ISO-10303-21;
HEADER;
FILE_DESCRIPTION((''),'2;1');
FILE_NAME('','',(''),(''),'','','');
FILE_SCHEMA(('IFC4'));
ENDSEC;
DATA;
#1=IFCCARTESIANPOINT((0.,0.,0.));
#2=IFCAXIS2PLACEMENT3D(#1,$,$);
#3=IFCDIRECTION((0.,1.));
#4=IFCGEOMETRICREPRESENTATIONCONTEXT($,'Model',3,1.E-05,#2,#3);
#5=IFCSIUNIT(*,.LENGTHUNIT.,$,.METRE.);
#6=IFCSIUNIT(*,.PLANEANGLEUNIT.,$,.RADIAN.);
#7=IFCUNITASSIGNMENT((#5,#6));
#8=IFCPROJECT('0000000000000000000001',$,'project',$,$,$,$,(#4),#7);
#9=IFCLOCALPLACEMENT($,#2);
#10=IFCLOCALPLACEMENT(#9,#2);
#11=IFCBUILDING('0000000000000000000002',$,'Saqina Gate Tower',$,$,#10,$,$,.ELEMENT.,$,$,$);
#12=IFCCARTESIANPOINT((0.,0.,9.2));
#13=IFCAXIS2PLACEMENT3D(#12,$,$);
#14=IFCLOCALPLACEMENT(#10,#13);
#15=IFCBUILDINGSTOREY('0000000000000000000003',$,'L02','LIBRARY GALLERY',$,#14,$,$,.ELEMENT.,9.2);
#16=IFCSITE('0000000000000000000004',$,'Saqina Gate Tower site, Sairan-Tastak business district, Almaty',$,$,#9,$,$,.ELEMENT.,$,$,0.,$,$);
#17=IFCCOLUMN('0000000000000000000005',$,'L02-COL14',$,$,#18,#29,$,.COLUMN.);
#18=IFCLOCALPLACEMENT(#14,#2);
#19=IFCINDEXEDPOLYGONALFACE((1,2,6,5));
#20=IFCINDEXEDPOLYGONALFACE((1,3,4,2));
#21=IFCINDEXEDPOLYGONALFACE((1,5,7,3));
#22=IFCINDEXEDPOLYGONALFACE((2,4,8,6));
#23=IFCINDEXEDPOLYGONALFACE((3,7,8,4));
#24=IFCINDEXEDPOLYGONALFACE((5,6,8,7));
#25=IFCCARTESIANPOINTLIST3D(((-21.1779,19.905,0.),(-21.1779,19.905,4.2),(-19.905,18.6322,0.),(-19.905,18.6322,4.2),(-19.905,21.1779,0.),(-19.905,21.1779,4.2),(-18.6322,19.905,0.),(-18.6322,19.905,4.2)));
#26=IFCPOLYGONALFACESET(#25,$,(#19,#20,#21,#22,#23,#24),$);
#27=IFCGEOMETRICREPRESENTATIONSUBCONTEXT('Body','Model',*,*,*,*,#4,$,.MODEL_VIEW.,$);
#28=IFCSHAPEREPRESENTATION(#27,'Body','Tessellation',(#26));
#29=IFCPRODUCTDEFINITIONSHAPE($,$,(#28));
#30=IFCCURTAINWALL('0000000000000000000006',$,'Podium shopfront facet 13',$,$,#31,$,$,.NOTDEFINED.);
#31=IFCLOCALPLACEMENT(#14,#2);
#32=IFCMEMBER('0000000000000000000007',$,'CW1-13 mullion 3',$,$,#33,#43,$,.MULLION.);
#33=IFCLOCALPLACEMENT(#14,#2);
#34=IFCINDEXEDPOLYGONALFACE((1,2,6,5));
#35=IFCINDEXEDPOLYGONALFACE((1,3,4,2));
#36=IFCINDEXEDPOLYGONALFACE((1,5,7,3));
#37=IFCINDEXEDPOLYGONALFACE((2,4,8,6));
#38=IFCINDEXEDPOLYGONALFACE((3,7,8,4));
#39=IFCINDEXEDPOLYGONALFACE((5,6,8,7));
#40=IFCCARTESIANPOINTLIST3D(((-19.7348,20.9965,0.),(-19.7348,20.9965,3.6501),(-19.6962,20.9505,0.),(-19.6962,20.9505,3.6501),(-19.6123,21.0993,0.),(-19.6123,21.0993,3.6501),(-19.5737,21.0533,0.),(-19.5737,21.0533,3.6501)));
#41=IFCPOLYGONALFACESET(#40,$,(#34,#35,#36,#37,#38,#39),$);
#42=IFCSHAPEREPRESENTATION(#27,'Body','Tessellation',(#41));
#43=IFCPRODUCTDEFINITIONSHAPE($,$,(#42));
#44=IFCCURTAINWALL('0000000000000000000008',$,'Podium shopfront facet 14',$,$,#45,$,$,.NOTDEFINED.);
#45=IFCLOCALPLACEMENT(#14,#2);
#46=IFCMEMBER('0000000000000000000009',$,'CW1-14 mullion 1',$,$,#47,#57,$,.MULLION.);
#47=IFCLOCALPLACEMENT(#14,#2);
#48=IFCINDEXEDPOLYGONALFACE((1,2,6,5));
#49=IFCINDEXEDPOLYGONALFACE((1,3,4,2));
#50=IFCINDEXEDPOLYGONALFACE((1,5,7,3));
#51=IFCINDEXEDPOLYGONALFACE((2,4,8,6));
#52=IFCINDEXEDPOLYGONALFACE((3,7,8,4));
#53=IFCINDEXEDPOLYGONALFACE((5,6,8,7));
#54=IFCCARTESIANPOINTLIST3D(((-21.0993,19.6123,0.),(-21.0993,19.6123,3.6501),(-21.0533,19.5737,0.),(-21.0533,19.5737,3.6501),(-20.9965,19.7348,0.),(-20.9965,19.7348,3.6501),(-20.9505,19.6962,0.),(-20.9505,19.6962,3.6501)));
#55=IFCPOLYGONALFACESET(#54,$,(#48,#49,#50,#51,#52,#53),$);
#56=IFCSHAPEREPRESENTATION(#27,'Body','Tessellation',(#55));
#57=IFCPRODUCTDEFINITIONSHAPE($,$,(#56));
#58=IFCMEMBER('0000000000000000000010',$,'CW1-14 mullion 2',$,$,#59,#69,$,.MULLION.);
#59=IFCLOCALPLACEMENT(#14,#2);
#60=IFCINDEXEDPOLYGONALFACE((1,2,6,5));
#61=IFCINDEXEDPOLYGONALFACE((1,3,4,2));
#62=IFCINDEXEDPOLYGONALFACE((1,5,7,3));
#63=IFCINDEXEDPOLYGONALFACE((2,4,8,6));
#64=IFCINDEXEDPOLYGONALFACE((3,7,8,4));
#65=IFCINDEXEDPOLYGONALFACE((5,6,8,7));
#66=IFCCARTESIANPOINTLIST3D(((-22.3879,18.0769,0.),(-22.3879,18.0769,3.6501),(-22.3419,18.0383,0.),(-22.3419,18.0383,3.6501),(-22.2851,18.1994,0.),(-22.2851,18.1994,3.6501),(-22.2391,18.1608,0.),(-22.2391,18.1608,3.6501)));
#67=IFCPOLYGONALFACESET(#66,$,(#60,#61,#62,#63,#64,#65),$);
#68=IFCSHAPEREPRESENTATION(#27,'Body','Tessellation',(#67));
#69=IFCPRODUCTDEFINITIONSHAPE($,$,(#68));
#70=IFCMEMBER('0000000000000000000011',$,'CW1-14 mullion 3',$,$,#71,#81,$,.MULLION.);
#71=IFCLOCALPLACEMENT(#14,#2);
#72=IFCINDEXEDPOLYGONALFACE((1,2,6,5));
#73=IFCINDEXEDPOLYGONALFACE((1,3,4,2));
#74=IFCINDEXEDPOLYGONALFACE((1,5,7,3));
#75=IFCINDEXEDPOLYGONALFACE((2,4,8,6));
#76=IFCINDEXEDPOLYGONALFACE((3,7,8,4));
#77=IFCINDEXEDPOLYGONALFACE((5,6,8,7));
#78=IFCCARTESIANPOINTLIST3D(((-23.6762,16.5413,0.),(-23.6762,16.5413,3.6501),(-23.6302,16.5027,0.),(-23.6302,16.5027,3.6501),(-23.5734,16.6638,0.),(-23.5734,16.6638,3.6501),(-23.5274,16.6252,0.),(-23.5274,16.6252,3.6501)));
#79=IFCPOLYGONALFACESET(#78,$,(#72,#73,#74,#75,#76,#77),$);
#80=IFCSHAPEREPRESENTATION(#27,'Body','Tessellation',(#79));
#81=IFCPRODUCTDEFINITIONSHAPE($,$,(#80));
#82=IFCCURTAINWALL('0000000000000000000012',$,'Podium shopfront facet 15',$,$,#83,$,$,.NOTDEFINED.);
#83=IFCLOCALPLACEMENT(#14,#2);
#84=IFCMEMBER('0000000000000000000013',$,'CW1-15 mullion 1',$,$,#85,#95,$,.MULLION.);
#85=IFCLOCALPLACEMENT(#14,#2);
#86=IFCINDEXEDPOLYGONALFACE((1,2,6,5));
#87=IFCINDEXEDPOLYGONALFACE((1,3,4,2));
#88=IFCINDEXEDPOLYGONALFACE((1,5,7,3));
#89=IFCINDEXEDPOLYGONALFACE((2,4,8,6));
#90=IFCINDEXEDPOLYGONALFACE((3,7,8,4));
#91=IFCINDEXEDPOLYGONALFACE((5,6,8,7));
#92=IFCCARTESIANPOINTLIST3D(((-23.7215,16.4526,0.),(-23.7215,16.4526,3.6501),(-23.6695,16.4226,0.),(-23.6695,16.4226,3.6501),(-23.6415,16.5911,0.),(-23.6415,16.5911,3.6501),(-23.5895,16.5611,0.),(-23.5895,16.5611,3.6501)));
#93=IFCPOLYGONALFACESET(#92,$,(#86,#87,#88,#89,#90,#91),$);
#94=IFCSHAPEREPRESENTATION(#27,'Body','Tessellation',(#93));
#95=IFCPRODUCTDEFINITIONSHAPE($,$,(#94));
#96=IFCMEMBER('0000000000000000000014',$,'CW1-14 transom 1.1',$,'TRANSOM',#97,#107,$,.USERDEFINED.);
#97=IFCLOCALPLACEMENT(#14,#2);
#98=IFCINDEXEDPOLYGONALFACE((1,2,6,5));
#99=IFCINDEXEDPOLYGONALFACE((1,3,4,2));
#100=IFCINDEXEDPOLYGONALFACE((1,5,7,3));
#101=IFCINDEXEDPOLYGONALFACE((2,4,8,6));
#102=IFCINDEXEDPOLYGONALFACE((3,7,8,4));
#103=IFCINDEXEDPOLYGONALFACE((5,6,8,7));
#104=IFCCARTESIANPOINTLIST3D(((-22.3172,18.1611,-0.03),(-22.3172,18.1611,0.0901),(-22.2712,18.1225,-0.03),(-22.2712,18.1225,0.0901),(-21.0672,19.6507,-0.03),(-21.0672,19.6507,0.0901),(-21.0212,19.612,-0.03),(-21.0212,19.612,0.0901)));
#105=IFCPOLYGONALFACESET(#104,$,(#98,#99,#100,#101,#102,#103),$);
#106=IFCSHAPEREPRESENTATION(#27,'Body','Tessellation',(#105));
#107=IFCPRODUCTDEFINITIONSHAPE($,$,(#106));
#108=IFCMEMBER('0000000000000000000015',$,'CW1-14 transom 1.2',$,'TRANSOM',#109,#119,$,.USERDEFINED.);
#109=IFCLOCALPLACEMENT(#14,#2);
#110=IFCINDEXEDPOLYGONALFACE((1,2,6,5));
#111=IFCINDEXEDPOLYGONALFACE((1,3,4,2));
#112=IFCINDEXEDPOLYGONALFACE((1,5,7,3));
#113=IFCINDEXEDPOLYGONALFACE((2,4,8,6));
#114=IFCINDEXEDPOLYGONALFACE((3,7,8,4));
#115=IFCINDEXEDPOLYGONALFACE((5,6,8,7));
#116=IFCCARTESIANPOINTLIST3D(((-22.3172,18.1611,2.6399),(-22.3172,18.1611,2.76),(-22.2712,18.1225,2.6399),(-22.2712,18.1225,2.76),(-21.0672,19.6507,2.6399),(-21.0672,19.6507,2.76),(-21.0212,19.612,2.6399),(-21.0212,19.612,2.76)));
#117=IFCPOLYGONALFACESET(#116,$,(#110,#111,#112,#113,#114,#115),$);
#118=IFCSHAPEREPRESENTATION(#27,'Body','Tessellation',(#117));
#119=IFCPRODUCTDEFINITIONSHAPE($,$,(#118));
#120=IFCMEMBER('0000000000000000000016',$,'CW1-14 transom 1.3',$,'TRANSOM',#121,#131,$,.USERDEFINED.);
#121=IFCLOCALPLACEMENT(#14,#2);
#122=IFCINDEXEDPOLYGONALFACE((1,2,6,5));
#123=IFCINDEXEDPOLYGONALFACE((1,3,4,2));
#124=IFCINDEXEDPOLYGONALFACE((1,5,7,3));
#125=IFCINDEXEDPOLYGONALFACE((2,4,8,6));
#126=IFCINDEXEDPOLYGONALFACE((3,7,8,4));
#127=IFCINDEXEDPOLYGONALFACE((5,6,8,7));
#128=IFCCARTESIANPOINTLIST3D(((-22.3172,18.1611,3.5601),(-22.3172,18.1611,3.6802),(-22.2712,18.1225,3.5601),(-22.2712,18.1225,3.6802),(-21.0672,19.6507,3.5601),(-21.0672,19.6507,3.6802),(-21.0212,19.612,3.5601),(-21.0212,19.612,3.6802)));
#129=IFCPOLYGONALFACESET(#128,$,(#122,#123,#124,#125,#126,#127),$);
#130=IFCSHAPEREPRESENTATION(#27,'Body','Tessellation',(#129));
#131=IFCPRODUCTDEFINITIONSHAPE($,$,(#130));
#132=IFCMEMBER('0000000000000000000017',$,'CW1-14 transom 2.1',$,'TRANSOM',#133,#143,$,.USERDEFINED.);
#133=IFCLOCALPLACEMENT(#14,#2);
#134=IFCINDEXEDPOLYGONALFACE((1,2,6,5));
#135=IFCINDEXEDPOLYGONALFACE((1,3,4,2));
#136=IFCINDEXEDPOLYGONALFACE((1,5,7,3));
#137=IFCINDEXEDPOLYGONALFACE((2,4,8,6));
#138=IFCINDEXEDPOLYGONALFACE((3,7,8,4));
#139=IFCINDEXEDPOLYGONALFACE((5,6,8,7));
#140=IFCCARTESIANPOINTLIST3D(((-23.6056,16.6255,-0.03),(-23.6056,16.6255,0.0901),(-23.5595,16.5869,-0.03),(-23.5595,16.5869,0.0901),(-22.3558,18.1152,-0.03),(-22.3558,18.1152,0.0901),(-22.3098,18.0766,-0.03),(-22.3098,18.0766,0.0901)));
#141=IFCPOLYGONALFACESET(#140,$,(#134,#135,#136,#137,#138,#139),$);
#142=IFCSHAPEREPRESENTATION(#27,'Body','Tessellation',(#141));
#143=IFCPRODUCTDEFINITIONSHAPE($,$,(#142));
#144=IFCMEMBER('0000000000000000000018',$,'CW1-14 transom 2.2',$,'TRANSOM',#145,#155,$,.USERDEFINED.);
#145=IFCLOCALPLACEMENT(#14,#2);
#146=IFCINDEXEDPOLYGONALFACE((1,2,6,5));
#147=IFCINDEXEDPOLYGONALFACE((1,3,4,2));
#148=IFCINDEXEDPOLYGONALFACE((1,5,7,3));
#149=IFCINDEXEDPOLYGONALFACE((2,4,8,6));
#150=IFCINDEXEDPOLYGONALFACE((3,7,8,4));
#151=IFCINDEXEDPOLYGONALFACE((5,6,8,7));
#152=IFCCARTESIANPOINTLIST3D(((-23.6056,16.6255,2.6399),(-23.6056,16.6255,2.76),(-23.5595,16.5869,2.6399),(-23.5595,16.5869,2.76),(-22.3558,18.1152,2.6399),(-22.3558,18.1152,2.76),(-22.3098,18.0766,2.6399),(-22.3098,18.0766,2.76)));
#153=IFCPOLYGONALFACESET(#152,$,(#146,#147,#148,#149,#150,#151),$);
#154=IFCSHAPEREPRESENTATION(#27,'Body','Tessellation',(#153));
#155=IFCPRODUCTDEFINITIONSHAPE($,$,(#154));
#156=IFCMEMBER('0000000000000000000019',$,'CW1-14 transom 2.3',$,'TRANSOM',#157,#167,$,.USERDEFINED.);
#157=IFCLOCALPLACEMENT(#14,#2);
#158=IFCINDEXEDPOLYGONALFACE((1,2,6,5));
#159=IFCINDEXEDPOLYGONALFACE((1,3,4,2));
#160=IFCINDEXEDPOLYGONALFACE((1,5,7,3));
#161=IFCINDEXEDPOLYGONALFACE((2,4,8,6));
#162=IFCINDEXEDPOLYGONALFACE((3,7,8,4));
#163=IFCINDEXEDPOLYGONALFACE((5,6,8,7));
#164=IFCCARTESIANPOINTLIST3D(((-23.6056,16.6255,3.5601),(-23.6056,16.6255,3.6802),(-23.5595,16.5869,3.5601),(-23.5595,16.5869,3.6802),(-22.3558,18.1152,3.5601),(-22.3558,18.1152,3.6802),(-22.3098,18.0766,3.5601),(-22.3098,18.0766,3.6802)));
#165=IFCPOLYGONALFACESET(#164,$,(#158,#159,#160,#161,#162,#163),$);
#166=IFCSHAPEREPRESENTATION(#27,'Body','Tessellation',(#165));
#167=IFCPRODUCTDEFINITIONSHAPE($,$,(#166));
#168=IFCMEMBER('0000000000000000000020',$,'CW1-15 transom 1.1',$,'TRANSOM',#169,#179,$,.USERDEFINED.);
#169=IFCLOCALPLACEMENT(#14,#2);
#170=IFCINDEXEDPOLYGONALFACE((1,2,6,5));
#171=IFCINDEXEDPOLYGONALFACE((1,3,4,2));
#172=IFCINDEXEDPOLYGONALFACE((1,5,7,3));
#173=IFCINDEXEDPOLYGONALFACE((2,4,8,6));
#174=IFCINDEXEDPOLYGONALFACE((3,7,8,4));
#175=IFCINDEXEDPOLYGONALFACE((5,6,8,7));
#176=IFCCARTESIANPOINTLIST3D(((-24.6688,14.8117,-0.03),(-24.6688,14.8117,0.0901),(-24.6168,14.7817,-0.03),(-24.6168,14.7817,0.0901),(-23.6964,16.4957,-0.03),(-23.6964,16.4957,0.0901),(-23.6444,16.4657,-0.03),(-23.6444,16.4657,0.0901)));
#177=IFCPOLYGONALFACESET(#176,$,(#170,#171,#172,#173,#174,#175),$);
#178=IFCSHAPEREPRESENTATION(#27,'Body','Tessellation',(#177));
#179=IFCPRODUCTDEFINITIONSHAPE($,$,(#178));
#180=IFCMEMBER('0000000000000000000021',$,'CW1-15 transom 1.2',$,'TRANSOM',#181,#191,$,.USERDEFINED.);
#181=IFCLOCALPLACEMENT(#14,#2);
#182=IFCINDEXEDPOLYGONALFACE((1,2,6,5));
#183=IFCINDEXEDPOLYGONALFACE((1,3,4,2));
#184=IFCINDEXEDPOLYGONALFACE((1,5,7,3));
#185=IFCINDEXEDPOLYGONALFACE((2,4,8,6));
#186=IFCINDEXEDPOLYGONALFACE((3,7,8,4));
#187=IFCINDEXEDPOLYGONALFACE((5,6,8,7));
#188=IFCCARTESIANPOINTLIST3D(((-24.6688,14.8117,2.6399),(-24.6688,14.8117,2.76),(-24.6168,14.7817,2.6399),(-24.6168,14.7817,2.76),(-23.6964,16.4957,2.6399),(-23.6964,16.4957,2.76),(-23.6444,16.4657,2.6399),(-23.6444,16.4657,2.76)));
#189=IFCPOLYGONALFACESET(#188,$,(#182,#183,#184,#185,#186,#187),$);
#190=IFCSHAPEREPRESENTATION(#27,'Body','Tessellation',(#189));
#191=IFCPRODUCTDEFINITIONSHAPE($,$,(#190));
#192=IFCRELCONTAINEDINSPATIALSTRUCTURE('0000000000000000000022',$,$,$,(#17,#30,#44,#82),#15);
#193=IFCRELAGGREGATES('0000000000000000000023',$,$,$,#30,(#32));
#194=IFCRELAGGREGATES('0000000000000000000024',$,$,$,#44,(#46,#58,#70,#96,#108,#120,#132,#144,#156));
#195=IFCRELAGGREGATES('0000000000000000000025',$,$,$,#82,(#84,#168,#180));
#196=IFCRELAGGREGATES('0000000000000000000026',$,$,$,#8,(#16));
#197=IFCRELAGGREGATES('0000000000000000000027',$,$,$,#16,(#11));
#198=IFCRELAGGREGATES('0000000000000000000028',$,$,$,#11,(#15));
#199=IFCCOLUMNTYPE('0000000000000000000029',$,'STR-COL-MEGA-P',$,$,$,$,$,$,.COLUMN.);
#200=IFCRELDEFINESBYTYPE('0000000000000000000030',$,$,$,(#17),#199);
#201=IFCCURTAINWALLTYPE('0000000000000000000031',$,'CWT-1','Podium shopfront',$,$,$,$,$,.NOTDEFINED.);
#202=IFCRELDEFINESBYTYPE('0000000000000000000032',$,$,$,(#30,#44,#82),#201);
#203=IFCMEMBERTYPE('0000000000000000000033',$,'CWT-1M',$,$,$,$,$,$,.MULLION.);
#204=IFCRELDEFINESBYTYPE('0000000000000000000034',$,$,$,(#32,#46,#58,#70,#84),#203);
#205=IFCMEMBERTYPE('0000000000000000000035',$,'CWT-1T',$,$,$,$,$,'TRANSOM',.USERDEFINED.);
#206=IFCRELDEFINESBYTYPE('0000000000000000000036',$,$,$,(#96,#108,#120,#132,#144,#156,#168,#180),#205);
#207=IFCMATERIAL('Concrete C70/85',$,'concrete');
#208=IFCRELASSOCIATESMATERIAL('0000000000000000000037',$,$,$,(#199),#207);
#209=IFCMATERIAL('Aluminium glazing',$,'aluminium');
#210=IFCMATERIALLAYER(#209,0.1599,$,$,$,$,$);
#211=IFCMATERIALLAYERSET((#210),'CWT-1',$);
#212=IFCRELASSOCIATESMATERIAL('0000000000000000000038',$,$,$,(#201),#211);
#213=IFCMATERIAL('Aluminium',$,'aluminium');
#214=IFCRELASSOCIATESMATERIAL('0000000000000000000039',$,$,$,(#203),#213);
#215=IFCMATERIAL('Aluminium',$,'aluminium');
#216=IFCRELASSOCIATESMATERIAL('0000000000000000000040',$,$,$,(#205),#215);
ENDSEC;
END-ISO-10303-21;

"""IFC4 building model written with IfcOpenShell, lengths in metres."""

from ifc_helpers import new_model, si_unit, direction, frame, origin, origin_2d, place, context, subcontext, project, spatial, rectangle, extrude, material, layer, layer_set, material_profile, profile_set, type_object, element, aggregate, save


model = new_model("IFC4")

# Units and contexts
model_context = context("Model", 3, precision=1e-05, world=origin(), true_north=direction((0.0, 1.0)))
body_context = subcontext(model_context, "Body", "Model", "MODEL_VIEW")
ifc_project = project(units=[si_unit("LENGTHUNIT", "METRE"), si_unit("PLANEANGLEUNIT", "RADIAN")], contexts=[model_context])

# Site, building, storey
site_placement = place(None, origin())
site = spatial("IfcSite", under=ifc_project, at=site_placement, Name="Saqina Gate Tower site, Sairan-Tastak business district, Almaty", CompositionType="ELEMENT", RefElevation=0.0)
building_placement = place(site_placement, origin())
building = spatial("IfcBuilding", under=site, at=building_placement, Name="Saqina Gate Tower", CompositionType="ELEMENT")
storey_placement = place(building_placement, frame((0.0, 0.0, 9.2)))
storey = spatial("IfcBuildingStorey", under=building, at=storey_placement, Name="L02", Description="LIBRARY GALLERY", CompositionType="ELEMENT", Elevation=9.2)

# Column
ifc_material_1 = material(Name="Concrete C70/85", Category="concrete")
ifc_material_profile_1 = material_profile(ifc_material_1, rectangle(XDim=1.8, YDim=1.8, at=origin_2d()), Name="RC 1800x1800")
ifc_profile_set_1 = profile_set([ifc_material_profile_1], Name="Concrete C70/85")
column_type = type_object("IfcColumnType", Name="STR-COL-MEGA-P", PredefinedType="COLUMN", material=ifc_profile_set_1)
column_placement = place(storey_placement, frame((-19.905, 19.905, 0.0), z_axis=(0.0, 0.0, 1.0), x_axis=(-0.707107, 0.707107, 0.0)))
element("IfcColumn", 1, at=column_placement, inside=storey, type_object=column_type, Name="L02-COL14", PredefinedType="COLUMN", context=body_context, shape_type="SweptSolid", body=[
    extrude(rectangle(XDim=1.8, YDim=1.8, at=origin_2d()), origin(), (0.0, 0.0, 1.0), 4.2),
])

# Curtain wall, member
ifc_material_2 = material(Name="Aluminium glazing", Category="aluminium")
ifc_layer_1 = layer(ifc_material_2, 0.1599)
ifc_layer_set_1 = layer_set([ifc_layer_1], Name="CWT-1")
curtain_wall_type = type_object("IfcCurtainWallType", Name="CWT-1", Description="Podium shopfront", PredefinedType="NOTDEFINED", material=ifc_layer_set_1)
curtain_wall_1_placement = place(storey_placement, origin())
curtain_wall_1 = element("IfcCurtainWall", 2, at=curtain_wall_1_placement, inside=storey, type_object=curtain_wall_type, Name="Podium shopfront facet 13", PredefinedType="NOTDEFINED")
ifc_material_3 = material(Name="Aluminium", Category="aluminium")
ifc_material_profile_2 = material_profile(ifc_material_3, rectangle(XDim=0.0601, YDim=0.1599, at=origin_2d()), Name="Aluminium 60x160")
ifc_profile_set_2 = profile_set([ifc_material_profile_2], Name="Aluminium")
member_type_1 = type_object("IfcMemberType", Name="CWT-1M", PredefinedType="MULLION", material=ifc_profile_set_2)
member_1_placement = place(storey_placement, frame((-19.6543, 21.0249, 0.0), z_axis=(0.0, 0.0, 1.0), x_axis=(0.642779, -0.766051, 0.0)))
member_1 = element("IfcMember", 3, at=member_1_placement, type_object=member_type_1, Name="CW1-13 mullion 3", PredefinedType="MULLION", context=body_context, shape_type="SweptSolid", body=[
    extrude(rectangle(XDim=0.0601, YDim=0.1599, at=origin_2d()), origin(), (0.0, 0.0, 1.0), 3.6501),
])
aggregate(curtain_wall_1, [member_1])

# Curtain wall, members
curtain_wall_2_placement = place(storey_placement, origin())
curtain_wall_2 = element("IfcCurtainWall", 4, at=curtain_wall_2_placement, inside=storey, type_object=curtain_wall_type, Name="Podium shopfront facet 14", PredefinedType="NOTDEFINED")
member_2_placement = place(storey_placement, frame((-21.0249, 19.6543, 0.0), z_axis=(0.0, 0.0, 1.0), x_axis=(0.766051, -0.642779, 0.0)))
member_2 = element("IfcMember", 5, at=member_2_placement, type_object=member_type_1, Name="CW1-14 mullion 1", PredefinedType="MULLION", context=body_context, shape_type="SweptSolid", body=[
    extrude(rectangle(XDim=0.0601, YDim=0.1599, at=origin_2d()), origin(), (0.0, 0.0, 1.0), 3.6501),
])
member_3_placement = place(storey_placement, frame((-22.3135, 18.1189, 0.0), z_axis=(0.0, 0.0, 1.0), x_axis=(0.766051, -0.642779, 0.0)))
member_3 = element("IfcMember", 6, at=member_3_placement, type_object=member_type_1, Name="CW1-14 mullion 2", PredefinedType="MULLION", context=body_context, shape_type="SweptSolid", body=[
    extrude(rectangle(XDim=0.0601, YDim=0.1599, at=origin_2d()), origin(), (0.0, 0.0, 1.0), 3.6501),
])
member_4_placement = place(storey_placement, frame((-23.6018, 16.5833, 0.0), z_axis=(0.0, 0.0, 1.0), x_axis=(0.766051, -0.642779, 0.0)))
member_4 = element("IfcMember", 7, at=member_4_placement, type_object=member_type_1, Name="CW1-14 mullion 3", PredefinedType="MULLION", context=body_context, shape_type="SweptSolid", body=[
    extrude(rectangle(XDim=0.0601, YDim=0.1599, at=origin_2d()), origin(), (0.0, 0.0, 1.0), 3.6501),
])

# Curtain wall, member
curtain_wall_3_placement = place(storey_placement, origin())
curtain_wall_3 = element("IfcCurtainWall", 8, at=curtain_wall_3_placement, inside=storey, type_object=curtain_wall_type, Name="Podium shopfront facet 15", PredefinedType="NOTDEFINED")
member_5_placement = place(storey_placement, frame((-23.6555, 16.5068, 0.0), z_axis=(0.0, 0.0, 1.0), x_axis=(0.866017, -0.500014, 0.0)))
member_5 = element("IfcMember", 9, at=member_5_placement, type_object=member_type_1, Name="CW1-15 mullion 1", PredefinedType="MULLION", context=body_context, shape_type="SweptSolid", body=[
    extrude(rectangle(XDim=0.0601, YDim=0.1599, at=origin_2d()), origin(), (0.0, 0.0, 1.0), 3.6501),
])

# Members
ifc_material_4 = material(Name="Aluminium", Category="aluminium")
ifc_material_profile_3 = material_profile(ifc_material_4, rectangle(XDim=0.0601, YDim=0.1201, at=origin_2d()), Name="Aluminium 60x120")
ifc_profile_set_3 = profile_set([ifc_material_profile_3], Name="Aluminium")
member_type_2 = type_object("IfcMemberType", Name="CWT-1T", ElementType="TRANSOM", PredefinedType="USERDEFINED", material=ifc_profile_set_3)
member_6_placement = place(storey_placement, frame((-21.0442, 19.6313, 0.03), z_axis=(-0.642836, -0.766004, 0.0), x_axis=(0.766004, -0.642836, 0.0)))
member_6 = element("IfcMember", 10, at=member_6_placement, type_object=member_type_2, Name="CW1-14 transom 1.1", ObjectType="TRANSOM", PredefinedType="USERDEFINED", context=body_context, shape_type="SweptSolid", body=[
    extrude(rectangle(XDim=0.0601, YDim=0.1201, at=origin_2d()), origin(), (0.0, 0.0, 1.0), 1.9446),
])
member_7_placement = place(storey_placement, frame((-21.0442, 19.6313, 2.7), z_axis=(-0.642836, -0.766004, 0.0), x_axis=(0.766004, -0.642836, 0.0)))
member_7 = element("IfcMember", 11, at=member_7_placement, type_object=member_type_2, Name="CW1-14 transom 1.2", ObjectType="TRANSOM", PredefinedType="USERDEFINED", context=body_context, shape_type="SweptSolid", body=[
    extrude(rectangle(XDim=0.0601, YDim=0.1201, at=origin_2d()), origin(), (0.0, 0.0, 1.0), 1.9446),
])
member_8_placement = place(storey_placement, frame((-21.0442, 19.6313, 3.6201), z_axis=(-0.642836, -0.766004, 0.0), x_axis=(0.766004, -0.642836, 0.0)))
member_8 = element("IfcMember", 12, at=member_8_placement, type_object=member_type_2, Name="CW1-14 transom 1.3", ObjectType="TRANSOM", PredefinedType="USERDEFINED", context=body_context, shape_type="SweptSolid", body=[
    extrude(rectangle(XDim=0.0601, YDim=0.1201, at=origin_2d()), origin(), (0.0, 0.0, 1.0), 1.9446),
])
member_9_placement = place(storey_placement, frame((-22.3328, 18.0959, 0.03), z_axis=(-0.6427, -0.766118, 0.0), x_axis=(0.766118, -0.6427, 0.0)))
member_9 = element("IfcMember", 13, at=member_9_placement, type_object=member_type_2, Name="CW1-14 transom 2.1", ObjectType="TRANSOM", PredefinedType="USERDEFINED", context=body_context, shape_type="SweptSolid", body=[
    extrude(rectangle(XDim=0.0601, YDim=0.1201, at=origin_2d()), origin(), (0.0, 0.0, 1.0), 1.9446),
])
member_10_placement = place(storey_placement, frame((-22.3328, 18.0959, 2.7), z_axis=(-0.6427, -0.766118, 0.0), x_axis=(0.766118, -0.6427, 0.0)))
member_10 = element("IfcMember", 14, at=member_10_placement, type_object=member_type_2, Name="CW1-14 transom 2.2", ObjectType="TRANSOM", PredefinedType="USERDEFINED", context=body_context, shape_type="SweptSolid", body=[
    extrude(rectangle(XDim=0.0601, YDim=0.1201, at=origin_2d()), origin(), (0.0, 0.0, 1.0), 1.9446),
])
member_11_placement = place(storey_placement, frame((-22.3328, 18.0959, 3.6201), z_axis=(-0.6427, -0.766118, 0.0), x_axis=(0.766118, -0.6427, 0.0)))
member_11 = element("IfcMember", 15, at=member_11_placement, type_object=member_type_2, Name="CW1-14 transom 2.3", ObjectType="TRANSOM", PredefinedType="USERDEFINED", context=body_context, shape_type="SweptSolid", body=[
    extrude(rectangle(XDim=0.0601, YDim=0.1201, at=origin_2d()), origin(), (0.0, 0.0, 1.0), 1.9446),
])
member_12_placement = place(storey_placement, frame((-23.6704, 16.4807, 0.03), z_axis=(-0.500041, -0.866002, 0.0), x_axis=(0.866002, -0.500041, 0.0)))
member_12 = element("IfcMember", 16, at=member_12_placement, type_object=member_type_2, Name="CW1-15 transom 1.1", ObjectType="TRANSOM", PredefinedType="USERDEFINED", context=body_context, shape_type="SweptSolid", body=[
    extrude(rectangle(XDim=0.0601, YDim=0.1201, at=origin_2d()), origin(), (0.0, 0.0, 1.0), 1.9446),
])
member_13_placement = place(storey_placement, frame((-23.6704, 16.4807, 2.7), z_axis=(-0.500041, -0.866002, 0.0), x_axis=(0.866002, -0.500041, 0.0)))
member_13 = element("IfcMember", 17, at=member_13_placement, type_object=member_type_2, Name="CW1-15 transom 1.2", ObjectType="TRANSOM", PredefinedType="USERDEFINED", context=body_context, shape_type="SweptSolid", body=[
    extrude(rectangle(XDim=0.0601, YDim=0.1201, at=origin_2d()), origin(), (0.0, 0.0, 1.0), 1.9446),
])

aggregate(curtain_wall_2, [member_2, member_3, member_4, member_6, member_7, member_8, member_9, member_10, member_11])
aggregate(curtain_wall_3, [member_5, member_12, member_13])

save(model, "model.ifc")
